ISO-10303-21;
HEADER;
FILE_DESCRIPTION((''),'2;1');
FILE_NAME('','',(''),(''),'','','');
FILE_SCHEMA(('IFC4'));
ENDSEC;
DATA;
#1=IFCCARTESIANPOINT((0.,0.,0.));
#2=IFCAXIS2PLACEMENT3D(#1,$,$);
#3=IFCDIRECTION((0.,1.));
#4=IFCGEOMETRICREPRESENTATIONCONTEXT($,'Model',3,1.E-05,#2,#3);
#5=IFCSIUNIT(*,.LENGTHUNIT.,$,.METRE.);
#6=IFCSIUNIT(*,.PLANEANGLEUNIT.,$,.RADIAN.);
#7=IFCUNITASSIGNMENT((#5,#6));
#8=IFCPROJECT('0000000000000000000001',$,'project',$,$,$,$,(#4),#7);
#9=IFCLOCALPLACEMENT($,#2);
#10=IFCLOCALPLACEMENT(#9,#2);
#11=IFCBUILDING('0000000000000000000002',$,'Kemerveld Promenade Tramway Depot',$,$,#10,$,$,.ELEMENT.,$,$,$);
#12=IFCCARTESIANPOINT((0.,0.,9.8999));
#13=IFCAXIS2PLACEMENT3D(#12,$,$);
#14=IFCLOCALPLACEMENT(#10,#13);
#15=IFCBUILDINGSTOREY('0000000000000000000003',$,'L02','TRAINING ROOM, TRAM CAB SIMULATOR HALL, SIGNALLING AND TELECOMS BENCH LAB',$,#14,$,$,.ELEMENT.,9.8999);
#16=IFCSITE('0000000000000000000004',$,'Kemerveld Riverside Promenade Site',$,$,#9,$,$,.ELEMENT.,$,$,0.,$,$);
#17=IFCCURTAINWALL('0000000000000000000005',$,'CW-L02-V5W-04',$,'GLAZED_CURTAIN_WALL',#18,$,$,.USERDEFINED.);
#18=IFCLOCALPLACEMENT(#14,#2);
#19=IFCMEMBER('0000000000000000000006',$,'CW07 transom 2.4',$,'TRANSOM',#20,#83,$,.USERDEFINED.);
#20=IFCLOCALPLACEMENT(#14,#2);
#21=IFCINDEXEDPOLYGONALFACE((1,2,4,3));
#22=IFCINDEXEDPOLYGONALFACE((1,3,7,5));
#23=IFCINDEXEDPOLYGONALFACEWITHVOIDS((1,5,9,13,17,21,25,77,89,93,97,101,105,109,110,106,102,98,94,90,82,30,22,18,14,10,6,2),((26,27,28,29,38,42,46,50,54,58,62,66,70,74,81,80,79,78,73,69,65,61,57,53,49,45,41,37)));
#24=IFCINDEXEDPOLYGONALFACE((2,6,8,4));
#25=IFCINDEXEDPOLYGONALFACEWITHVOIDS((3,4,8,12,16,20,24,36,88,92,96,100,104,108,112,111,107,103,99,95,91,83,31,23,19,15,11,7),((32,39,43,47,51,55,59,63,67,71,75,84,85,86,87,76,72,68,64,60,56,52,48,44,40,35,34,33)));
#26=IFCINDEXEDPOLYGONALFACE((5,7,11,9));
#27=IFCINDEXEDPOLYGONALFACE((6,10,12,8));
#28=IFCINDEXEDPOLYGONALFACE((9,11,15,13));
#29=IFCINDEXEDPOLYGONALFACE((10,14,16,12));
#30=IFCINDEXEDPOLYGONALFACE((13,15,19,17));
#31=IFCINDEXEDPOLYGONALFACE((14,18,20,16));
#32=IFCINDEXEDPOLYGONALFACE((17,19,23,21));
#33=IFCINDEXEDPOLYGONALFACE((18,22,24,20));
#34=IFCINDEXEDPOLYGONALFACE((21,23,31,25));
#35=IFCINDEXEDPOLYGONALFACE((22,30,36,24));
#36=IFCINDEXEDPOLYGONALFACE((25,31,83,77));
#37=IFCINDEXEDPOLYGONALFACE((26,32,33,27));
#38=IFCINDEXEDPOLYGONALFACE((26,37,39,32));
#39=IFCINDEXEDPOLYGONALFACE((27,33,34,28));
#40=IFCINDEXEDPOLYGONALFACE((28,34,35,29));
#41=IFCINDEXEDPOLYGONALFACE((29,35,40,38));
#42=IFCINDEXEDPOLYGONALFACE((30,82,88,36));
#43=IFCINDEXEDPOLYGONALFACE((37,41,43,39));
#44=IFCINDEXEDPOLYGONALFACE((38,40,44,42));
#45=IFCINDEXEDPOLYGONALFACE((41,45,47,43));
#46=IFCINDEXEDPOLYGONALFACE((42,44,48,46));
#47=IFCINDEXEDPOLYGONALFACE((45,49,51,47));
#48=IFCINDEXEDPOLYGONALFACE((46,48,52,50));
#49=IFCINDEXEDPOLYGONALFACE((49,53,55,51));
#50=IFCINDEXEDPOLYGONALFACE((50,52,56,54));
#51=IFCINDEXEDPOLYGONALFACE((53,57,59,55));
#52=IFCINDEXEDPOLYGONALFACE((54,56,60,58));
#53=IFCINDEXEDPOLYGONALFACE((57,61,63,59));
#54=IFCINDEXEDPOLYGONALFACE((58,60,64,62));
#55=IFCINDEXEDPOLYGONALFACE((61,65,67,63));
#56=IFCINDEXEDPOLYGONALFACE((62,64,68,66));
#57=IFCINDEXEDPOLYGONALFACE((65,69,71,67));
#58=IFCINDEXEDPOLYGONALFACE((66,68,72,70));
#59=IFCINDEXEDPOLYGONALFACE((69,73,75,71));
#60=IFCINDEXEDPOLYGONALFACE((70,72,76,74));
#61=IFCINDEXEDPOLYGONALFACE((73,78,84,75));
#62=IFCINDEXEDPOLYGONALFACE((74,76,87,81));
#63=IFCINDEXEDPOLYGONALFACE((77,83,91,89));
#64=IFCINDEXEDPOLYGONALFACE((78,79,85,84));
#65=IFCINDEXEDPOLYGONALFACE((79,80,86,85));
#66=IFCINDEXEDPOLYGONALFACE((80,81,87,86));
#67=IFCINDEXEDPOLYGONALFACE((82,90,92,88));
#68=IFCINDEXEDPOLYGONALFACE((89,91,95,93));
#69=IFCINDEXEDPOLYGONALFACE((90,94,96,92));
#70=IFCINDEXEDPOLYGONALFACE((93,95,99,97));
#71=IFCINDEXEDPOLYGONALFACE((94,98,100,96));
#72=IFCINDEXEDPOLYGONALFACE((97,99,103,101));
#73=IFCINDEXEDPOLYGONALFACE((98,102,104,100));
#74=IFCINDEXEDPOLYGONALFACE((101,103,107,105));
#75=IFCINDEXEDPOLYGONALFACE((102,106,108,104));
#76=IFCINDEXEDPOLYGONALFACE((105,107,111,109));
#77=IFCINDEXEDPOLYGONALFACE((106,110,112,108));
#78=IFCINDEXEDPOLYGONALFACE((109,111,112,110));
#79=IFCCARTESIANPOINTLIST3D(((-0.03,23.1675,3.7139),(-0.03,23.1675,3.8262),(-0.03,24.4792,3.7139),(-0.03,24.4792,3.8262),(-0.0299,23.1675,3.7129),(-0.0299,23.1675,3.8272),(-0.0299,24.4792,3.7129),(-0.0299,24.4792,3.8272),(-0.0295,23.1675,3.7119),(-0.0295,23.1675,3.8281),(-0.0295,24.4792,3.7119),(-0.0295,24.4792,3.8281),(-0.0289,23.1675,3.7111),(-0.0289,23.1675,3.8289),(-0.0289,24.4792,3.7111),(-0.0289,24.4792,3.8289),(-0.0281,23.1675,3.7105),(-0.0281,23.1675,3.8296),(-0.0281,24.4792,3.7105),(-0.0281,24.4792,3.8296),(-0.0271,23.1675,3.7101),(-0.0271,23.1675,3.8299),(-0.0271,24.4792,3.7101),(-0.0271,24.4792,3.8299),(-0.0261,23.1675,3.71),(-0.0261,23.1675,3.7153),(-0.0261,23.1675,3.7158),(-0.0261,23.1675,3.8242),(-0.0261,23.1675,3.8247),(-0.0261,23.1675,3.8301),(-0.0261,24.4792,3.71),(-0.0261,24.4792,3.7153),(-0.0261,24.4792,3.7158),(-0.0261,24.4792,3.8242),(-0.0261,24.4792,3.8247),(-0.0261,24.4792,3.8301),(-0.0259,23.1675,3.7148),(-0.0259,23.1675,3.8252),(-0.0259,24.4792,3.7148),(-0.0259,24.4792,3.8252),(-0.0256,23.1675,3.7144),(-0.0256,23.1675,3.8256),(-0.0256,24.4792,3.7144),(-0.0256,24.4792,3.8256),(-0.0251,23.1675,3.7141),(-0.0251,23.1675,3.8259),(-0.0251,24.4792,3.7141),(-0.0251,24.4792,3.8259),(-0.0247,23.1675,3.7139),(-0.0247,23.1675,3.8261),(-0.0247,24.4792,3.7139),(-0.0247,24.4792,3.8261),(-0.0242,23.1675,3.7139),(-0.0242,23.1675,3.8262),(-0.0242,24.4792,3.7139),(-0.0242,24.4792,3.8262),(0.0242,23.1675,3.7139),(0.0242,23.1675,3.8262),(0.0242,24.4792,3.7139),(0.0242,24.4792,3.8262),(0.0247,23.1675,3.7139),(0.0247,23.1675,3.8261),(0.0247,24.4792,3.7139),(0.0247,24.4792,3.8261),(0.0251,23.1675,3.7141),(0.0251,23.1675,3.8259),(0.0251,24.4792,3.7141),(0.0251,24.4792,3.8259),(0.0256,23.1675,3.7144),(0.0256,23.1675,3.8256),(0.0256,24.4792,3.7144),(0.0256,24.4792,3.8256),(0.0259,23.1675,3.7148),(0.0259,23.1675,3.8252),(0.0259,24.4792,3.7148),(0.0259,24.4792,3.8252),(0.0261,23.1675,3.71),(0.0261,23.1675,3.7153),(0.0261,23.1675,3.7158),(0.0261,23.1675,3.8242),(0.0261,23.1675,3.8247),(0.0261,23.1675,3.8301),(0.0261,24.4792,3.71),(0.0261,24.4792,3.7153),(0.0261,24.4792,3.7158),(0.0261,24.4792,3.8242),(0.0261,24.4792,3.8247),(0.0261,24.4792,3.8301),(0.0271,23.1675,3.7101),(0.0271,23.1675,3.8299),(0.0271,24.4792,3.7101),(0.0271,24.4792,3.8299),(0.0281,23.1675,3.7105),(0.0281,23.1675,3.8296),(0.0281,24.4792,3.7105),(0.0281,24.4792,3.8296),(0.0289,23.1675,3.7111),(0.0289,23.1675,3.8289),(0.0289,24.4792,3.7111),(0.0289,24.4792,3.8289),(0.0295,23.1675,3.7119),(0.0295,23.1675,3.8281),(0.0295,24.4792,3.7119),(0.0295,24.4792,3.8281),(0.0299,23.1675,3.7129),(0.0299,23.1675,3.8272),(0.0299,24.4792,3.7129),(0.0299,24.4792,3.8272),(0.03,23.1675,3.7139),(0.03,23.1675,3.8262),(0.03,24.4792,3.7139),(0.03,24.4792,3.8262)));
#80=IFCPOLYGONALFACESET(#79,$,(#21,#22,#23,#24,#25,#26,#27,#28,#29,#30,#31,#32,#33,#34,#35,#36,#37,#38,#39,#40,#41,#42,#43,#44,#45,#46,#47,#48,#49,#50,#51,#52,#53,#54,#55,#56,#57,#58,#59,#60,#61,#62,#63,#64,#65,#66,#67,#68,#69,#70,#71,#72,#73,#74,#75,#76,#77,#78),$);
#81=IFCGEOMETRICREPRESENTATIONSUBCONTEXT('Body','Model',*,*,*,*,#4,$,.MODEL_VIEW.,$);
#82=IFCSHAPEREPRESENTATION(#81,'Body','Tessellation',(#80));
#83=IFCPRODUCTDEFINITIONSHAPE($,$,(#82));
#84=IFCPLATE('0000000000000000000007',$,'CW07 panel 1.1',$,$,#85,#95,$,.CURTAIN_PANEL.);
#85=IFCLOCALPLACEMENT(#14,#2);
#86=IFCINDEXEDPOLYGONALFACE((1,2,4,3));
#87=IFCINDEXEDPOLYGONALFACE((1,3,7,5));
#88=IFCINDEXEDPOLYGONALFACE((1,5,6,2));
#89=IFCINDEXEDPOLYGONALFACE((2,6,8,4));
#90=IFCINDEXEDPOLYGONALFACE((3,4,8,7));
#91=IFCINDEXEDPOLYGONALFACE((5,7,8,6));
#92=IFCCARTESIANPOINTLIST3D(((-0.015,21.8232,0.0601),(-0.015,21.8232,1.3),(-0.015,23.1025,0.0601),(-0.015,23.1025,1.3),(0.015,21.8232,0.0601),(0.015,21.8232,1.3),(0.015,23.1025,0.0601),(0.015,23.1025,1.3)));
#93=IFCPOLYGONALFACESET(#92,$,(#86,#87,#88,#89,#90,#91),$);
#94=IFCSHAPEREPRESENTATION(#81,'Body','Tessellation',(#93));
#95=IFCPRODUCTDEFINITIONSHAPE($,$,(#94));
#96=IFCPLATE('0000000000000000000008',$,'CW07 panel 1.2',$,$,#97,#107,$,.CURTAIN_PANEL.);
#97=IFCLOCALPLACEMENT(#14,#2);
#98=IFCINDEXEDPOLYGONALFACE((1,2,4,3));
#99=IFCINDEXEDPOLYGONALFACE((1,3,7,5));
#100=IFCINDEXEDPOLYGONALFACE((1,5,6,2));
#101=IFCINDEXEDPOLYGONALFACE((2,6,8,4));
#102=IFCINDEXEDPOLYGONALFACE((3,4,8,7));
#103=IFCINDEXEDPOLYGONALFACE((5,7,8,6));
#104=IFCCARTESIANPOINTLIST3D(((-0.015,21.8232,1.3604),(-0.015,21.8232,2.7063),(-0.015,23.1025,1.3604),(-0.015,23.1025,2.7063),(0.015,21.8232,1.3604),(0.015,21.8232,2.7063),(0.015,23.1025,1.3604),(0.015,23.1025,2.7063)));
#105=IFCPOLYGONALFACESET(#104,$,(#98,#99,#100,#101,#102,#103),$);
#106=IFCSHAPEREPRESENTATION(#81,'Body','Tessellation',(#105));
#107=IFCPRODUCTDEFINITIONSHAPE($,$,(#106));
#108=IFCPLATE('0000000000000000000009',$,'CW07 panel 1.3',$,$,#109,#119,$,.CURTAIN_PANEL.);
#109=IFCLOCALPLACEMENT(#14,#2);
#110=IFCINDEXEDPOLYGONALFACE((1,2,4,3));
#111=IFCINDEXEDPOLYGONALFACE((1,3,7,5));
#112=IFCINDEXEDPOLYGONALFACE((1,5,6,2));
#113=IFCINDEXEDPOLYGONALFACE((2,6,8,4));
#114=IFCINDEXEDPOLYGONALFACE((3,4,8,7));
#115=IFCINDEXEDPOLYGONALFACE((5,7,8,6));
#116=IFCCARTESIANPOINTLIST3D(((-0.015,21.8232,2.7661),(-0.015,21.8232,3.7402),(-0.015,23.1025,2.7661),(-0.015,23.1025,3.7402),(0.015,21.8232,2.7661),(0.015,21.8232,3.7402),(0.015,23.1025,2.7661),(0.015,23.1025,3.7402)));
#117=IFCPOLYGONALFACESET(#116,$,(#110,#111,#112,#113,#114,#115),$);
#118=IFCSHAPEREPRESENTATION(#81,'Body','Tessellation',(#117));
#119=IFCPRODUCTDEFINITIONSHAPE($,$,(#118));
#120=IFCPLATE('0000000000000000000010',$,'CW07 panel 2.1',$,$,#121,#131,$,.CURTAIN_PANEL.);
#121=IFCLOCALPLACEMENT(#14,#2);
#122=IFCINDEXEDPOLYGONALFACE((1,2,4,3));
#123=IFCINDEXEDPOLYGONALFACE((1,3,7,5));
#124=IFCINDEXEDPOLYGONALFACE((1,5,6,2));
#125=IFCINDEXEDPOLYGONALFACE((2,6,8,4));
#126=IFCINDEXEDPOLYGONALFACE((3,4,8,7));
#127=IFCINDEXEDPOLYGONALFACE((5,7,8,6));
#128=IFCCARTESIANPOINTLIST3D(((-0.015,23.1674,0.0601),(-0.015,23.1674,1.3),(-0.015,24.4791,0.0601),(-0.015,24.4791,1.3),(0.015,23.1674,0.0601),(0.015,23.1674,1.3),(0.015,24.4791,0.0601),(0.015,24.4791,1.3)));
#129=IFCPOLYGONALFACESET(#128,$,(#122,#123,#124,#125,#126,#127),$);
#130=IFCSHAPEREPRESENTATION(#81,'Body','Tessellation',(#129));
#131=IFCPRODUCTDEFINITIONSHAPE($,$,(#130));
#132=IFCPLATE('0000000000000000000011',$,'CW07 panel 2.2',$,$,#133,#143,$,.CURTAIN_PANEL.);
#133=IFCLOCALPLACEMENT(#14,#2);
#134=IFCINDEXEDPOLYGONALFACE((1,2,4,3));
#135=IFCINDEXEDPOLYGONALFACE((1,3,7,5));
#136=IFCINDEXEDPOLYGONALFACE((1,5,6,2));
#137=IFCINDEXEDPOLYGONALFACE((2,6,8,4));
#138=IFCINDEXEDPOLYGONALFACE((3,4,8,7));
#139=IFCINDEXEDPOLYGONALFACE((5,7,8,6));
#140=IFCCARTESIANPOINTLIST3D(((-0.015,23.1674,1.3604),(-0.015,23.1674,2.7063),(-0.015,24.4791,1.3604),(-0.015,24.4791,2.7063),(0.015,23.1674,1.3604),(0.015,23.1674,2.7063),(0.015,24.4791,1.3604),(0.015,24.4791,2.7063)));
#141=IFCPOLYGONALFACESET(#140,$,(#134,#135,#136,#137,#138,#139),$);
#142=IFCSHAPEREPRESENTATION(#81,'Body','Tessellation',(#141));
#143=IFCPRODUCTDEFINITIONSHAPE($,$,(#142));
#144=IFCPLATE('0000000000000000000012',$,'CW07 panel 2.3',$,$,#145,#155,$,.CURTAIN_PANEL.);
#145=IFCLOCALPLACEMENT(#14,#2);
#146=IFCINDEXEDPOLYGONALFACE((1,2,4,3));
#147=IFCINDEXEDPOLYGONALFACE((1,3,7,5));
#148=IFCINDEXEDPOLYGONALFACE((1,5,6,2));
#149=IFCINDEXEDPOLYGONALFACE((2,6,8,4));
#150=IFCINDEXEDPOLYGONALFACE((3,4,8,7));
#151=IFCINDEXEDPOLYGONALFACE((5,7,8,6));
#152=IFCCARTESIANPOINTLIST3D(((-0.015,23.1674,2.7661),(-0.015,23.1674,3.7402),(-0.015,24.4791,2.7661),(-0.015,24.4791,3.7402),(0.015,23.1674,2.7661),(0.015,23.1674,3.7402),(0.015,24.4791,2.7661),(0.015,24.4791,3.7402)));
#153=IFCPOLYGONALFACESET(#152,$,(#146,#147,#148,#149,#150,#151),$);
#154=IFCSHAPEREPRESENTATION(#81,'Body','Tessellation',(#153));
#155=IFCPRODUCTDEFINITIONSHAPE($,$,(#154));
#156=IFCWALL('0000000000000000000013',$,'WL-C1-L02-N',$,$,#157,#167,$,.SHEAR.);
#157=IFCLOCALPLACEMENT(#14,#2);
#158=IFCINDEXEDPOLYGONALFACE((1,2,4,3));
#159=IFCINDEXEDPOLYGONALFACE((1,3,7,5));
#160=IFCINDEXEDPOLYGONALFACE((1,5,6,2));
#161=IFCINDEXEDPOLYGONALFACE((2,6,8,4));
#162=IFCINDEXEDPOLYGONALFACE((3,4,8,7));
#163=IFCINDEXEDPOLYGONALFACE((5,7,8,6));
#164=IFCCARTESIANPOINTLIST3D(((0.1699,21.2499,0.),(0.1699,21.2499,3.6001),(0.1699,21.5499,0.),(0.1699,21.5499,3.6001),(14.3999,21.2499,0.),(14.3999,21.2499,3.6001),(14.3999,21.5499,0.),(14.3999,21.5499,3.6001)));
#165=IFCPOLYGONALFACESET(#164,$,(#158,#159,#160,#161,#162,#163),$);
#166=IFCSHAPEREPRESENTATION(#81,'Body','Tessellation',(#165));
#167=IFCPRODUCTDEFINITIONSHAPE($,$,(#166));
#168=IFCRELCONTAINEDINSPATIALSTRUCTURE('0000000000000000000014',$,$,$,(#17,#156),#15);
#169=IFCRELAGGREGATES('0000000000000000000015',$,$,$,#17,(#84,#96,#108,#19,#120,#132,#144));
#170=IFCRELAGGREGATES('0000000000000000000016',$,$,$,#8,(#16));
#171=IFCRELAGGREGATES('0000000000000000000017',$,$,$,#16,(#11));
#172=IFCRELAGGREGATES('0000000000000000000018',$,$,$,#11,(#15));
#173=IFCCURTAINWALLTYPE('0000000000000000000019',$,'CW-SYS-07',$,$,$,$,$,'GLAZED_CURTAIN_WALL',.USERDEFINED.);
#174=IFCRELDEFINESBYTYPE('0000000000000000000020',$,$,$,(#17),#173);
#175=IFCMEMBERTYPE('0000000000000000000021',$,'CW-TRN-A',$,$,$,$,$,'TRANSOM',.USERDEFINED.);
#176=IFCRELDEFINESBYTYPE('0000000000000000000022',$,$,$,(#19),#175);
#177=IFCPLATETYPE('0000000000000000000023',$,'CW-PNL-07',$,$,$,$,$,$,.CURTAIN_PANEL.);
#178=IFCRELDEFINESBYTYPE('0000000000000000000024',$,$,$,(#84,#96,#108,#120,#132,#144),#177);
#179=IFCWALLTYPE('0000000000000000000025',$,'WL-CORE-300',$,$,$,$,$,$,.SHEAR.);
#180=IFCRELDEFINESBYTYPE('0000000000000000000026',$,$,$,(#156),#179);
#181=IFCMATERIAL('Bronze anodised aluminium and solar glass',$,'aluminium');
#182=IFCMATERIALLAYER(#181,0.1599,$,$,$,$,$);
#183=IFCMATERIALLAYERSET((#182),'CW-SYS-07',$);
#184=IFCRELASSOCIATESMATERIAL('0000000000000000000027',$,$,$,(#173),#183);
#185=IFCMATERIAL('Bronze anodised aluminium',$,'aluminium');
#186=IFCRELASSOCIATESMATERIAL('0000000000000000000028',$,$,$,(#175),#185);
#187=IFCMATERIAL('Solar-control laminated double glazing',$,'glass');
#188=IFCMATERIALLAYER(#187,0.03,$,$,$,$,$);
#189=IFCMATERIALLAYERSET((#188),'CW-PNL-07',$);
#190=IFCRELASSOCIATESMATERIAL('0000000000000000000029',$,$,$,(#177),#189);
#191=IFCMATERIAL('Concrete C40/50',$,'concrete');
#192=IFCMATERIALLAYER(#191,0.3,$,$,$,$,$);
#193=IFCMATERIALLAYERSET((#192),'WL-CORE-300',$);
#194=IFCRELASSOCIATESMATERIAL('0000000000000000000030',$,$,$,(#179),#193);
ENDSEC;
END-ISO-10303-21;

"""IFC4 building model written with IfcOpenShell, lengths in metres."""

from ifc_helpers import new_model, si_unit, direction, frame, frame_2d, origin, origin_2d, place, context, subcontext, project, spatial, rectangle, hollow_rectangle, extrude, material, layer, layer_set, material_profile, profile_set, type_object, element, aggregate, save


model = new_model("IFC4")

# Units and contexts
model_context = context("Model", 3, precision=1e-05, world=origin(), true_north=direction((0.0, 1.0)))
body_context = subcontext(model_context, "Body", "Model", "MODEL_VIEW")
ifc_project = project(units=[si_unit("LENGTHUNIT", "METRE"), si_unit("PLANEANGLEUNIT", "RADIAN")], contexts=[model_context])

# Site, building, storey
site_placement = place(None, origin())
site = spatial("IfcSite", under=ifc_project, at=site_placement, Name="Kemerveld Riverside Promenade Site", CompositionType="ELEMENT", RefElevation=0.0)
building_placement = place(site_placement, origin())
building = spatial("IfcBuilding", under=site, at=building_placement, Name="Kemerveld Promenade Tramway Depot", CompositionType="ELEMENT")
storey_placement = place(building_placement, frame((0.0, 0.0, 9.8999)))
storey = spatial("IfcBuildingStorey", under=building, at=storey_placement, Name="L02", Description="TRAINING ROOM, TRAM CAB SIMULATOR HALL, SIGNALLING AND TELECOMS BENCH LAB", CompositionType="ELEMENT", Elevation=9.8999)

# Shared definitions
ifc_material_1 = material(Name="Concrete C40/50", Category="concrete")

# Curtain wall, member, plates
ifc_material_2 = material(Name="Bronze anodised aluminium and solar glass", Category="aluminium")
ifc_layer_1 = layer(ifc_material_2, 0.1599)
ifc_layer_set_1 = layer_set([ifc_layer_1], Name="CW-SYS-07")
curtain_wall_type = type_object("IfcCurtainWallType", Name="CW-SYS-07", ElementType="GLAZED_CURTAIN_WALL", PredefinedType="USERDEFINED", material=ifc_layer_set_1)
curtain_wall_placement = place(storey_placement, origin())
curtain_wall = element("IfcCurtainWall", 1, at=curtain_wall_placement, inside=storey, type_object=curtain_wall_type, Name="CW-L02-V5W-04", ObjectType="GLAZED_CURTAIN_WALL", PredefinedType="USERDEFINED")
ifc_material_3 = material(Name="Bronze anodised aluminium", Category="aluminium")
ifc_material_profile_1 = material_profile(ifc_material_3, hollow_rectangle(XDim=0.0601, YDim=0.1201, WallThickness=0.0039, InnerFilletRadius=0.002, OuterFilletRadius=0.0039, at=origin_2d()), Name="CW-TRN-120x60")
ifc_profile_set_1 = profile_set([ifc_material_profile_1], Name="Bronze anodised aluminium")
member_type_1 = type_object("IfcMemberType", Name="CW-TRN-A", ElementType="TRANSOM", PredefinedType="USERDEFINED", material=ifc_profile_set_1)
member_1_placement = place(storey_placement, frame((0.0, 23.1675, 3.77), z_axis=(0.0, 1.0, 0.0), x_axis=(-1.0, 0.0, 0.0)))
member_1 = element("IfcMember", 2, at=member_1_placement, type_object=member_type_1, Name="CW07 transom 2.4", ObjectType="TRANSOM", PredefinedType="USERDEFINED", context=body_context, shape_type="SweptSolid", body=[
    extrude(hollow_rectangle(XDim=0.0601, YDim=0.1201, WallThickness=0.0039, InnerFilletRadius=0.002, OuterFilletRadius=0.0039, at=origin_2d()), origin(), (0.0, 0.0, 1.0), 1.3118),
])
ifc_material_4 = material(Name="Solar-control laminated double glazing", Category="glass")
ifc_layer_2 = layer(ifc_material_4, 0.03)
ifc_layer_set_2 = layer_set([ifc_layer_2], Name="CW-PNL-07")
plate_type = type_object("IfcPlateType", Name="CW-PNL-07", PredefinedType="CURTAIN_PANEL", material=ifc_layer_set_2)
plate_1_placement = place(storey_placement, frame((0.0, 22.4629, 0.0601), z_axis=(0.0, 0.0, 1.0), x_axis=(0.0, 1.0, 0.0)))
plate_1 = element("IfcPlate", 3, at=plate_1_placement, type_object=plate_type, Name="CW07 panel 1.1", PredefinedType="CURTAIN_PANEL", context=body_context, shape_type="SweptSolid", body=[
    extrude(rectangle(XDim=1.2793, YDim=0.03, at=origin_2d()), origin(), (0.0, 0.0, 1.0), 1.24),
])
plate_2_placement = place(storey_placement, frame((0.0, 22.4629, 1.3604), z_axis=(0.0, 0.0, 1.0), x_axis=(0.0, 1.0, 0.0)))
plate_2 = element("IfcPlate", 4, at=plate_2_placement, type_object=plate_type, Name="CW07 panel 1.2", PredefinedType="CURTAIN_PANEL", context=body_context, shape_type="SweptSolid", body=[
    extrude(rectangle(XDim=1.2793, YDim=0.03, at=origin_2d()), origin(), (0.0, 0.0, 1.0), 1.3459),
])
plate_3_placement = place(storey_placement, frame((0.0, 22.4629, 2.7661), z_axis=(0.0, 0.0, 1.0), x_axis=(0.0, 1.0, 0.0)))
plate_3 = element("IfcPlate", 5, at=plate_3_placement, type_object=plate_type, Name="CW07 panel 1.3", PredefinedType="CURTAIN_PANEL", context=body_context, shape_type="SweptSolid", body=[
    extrude(rectangle(XDim=1.2793, YDim=0.03, at=origin_2d()), origin(), (0.0, 0.0, 1.0), 0.9741),
])
plate_4_placement = place(storey_placement, frame((0.0, 23.8232, 0.0601), z_axis=(0.0, 0.0, 1.0), x_axis=(0.0, 1.0, 0.0)))
plate_4 = element("IfcPlate", 6, at=plate_4_placement, type_object=plate_type, Name="CW07 panel 2.1", PredefinedType="CURTAIN_PANEL", context=body_context, shape_type="SweptSolid", body=[
    extrude(rectangle(XDim=1.3118, YDim=0.03, at=origin_2d()), origin(), (0.0, 0.0, 1.0), 1.24),
])
plate_5_placement = place(storey_placement, frame((0.0, 23.8232, 1.3604), z_axis=(0.0, 0.0, 1.0), x_axis=(0.0, 1.0, 0.0)))
plate_5 = element("IfcPlate", 7, at=plate_5_placement, type_object=plate_type, Name="CW07 panel 2.2", PredefinedType="CURTAIN_PANEL", context=body_context, shape_type="SweptSolid", body=[
    extrude(rectangle(XDim=1.3118, YDim=0.03, at=origin_2d()), origin(), (0.0, 0.0, 1.0), 1.3459),
])
plate_6_placement = place(storey_placement, frame((0.0, 23.8232, 2.7661), z_axis=(0.0, 0.0, 1.0), x_axis=(0.0, 1.0, 0.0)))
plate_6 = element("IfcPlate", 8, at=plate_6_placement, type_object=plate_type, Name="CW07 panel 2.3", PredefinedType="CURTAIN_PANEL", context=body_context, shape_type="SweptSolid", body=[
    extrude(rectangle(XDim=1.3118, YDim=0.03, at=origin_2d()), origin(), (0.0, 0.0, 1.0), 0.9741),
])
aggregate(curtain_wall, [plate_1, plate_2, plate_3, member_1, plate_4, plate_5, plate_6])

# Wall
ifc_layer_3 = layer(ifc_material_1, 0.3)
ifc_layer_set_3 = layer_set([ifc_layer_3], Name="WL-CORE-300")
wall_type_1 = type_object("IfcWallType", Name="WL-CORE-300", PredefinedType="SHEAR", material=ifc_layer_set_3)
wall_1_placement = place(storey_placement, frame((0.1699, 21.3999, 0.0), z_axis=(0.0, 0.0, 1.0), x_axis=(1.0, 0.0, 0.0)))
element("IfcWall", 9, at=wall_1_placement, inside=storey, type_object=wall_type_1, Name="WL-C1-L02-N", PredefinedType="SHEAR", context=body_context, shape_type="SweptSolid", body=[
    extrude(rectangle(XDim=14.23, YDim=0.3, at=frame_2d((7.115, 0.0))), origin(), (0.0, 0.0, 1.0), 3.6001),
])

save(model, "model.ifc")
